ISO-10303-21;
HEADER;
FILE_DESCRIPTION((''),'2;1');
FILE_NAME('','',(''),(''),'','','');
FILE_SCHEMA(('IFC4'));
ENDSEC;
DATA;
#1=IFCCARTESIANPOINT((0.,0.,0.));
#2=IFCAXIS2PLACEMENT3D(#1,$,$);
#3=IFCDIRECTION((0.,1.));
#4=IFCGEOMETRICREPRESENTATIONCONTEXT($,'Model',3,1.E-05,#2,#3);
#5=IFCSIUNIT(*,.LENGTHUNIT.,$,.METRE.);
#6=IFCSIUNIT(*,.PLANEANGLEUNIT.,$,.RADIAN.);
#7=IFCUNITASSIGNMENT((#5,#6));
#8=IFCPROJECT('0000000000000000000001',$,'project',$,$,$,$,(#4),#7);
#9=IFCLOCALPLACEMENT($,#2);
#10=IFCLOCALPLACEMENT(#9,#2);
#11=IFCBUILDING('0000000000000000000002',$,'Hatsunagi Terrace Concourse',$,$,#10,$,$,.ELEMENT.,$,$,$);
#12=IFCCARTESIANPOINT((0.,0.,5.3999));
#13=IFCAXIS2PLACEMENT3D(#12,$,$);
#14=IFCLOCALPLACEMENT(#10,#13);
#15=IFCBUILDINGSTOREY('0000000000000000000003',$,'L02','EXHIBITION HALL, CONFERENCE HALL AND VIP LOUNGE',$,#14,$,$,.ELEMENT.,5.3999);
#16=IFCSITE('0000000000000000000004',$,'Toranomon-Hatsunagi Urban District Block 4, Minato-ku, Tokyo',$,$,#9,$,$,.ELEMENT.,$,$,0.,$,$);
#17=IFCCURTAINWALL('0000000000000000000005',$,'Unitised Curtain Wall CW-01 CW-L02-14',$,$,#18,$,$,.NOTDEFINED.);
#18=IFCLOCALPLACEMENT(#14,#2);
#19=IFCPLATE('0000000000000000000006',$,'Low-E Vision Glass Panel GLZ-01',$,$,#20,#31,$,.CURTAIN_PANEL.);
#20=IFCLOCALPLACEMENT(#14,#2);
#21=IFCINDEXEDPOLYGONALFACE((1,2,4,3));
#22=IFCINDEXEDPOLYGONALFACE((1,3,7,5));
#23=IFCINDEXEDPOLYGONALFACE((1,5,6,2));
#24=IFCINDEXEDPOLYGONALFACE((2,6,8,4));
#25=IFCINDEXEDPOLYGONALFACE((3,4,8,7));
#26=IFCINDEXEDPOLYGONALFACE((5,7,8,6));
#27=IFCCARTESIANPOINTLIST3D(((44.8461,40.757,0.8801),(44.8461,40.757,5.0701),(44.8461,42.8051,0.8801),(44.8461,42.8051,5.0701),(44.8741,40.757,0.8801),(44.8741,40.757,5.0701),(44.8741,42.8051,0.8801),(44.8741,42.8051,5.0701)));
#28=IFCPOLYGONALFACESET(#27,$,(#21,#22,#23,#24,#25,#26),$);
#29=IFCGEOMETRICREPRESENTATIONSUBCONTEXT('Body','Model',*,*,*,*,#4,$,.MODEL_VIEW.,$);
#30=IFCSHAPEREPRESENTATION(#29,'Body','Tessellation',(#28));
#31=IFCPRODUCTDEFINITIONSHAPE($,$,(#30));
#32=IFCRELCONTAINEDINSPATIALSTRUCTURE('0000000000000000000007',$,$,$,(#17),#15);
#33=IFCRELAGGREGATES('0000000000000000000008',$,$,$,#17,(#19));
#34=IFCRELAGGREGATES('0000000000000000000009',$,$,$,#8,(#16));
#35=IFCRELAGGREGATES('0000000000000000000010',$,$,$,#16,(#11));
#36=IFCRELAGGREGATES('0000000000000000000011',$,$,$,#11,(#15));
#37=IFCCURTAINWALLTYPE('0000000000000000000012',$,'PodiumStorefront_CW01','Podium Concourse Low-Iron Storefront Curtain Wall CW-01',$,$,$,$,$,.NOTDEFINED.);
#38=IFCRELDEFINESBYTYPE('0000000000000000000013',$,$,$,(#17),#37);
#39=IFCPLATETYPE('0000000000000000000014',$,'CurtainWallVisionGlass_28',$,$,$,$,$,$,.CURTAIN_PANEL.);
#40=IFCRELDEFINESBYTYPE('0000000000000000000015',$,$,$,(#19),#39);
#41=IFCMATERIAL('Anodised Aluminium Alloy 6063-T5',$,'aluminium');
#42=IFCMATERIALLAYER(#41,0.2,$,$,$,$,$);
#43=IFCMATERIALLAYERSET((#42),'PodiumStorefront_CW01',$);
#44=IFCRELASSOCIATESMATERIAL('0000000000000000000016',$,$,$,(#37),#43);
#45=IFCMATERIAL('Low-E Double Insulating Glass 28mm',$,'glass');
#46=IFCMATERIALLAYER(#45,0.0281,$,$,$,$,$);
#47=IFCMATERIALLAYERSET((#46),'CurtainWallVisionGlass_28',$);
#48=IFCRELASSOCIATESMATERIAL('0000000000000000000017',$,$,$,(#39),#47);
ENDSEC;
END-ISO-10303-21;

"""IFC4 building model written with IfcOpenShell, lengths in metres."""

from ifc_helpers import new_model, si_unit, direction, frame, origin, origin_2d, place, context, subcontext, project, spatial, rectangle, extrude, material, layer, layer_set, type_object, element, aggregate, save


model = new_model("IFC4")

# Units and contexts
model_context = context("Model", 3, precision=1e-05, world=origin(), true_north=direction((0.0, 1.0)))
body_context = subcontext(model_context, "Body", "Model", "MODEL_VIEW")
ifc_project = project(units=[si_unit("LENGTHUNIT", "METRE"), si_unit("PLANEANGLEUNIT", "RADIAN")], contexts=[model_context])

# Site, building, storey
site_placement = place(None, origin())
site = spatial("IfcSite", under=ifc_project, at=site_placement, Name="Toranomon-Hatsunagi Urban District Block 4, Minato-ku, Tokyo", CompositionType="ELEMENT", RefElevation=0.0)
building_placement = place(site_placement, origin())
building = spatial("IfcBuilding", under=site, at=building_placement, Name="Hatsunagi Terrace Concourse", CompositionType="ELEMENT")
storey_placement = place(building_placement, frame((0.0, 0.0, 5.3999)))
storey = spatial("IfcBuildingStorey", under=building, at=storey_placement, Name="L02", Description="EXHIBITION HALL, CONFERENCE HALL AND VIP LOUNGE", CompositionType="ELEMENT", Elevation=5.3999)

# Curtain wall
ifc_material_1 = material(Name="Anodised Aluminium Alloy 6063-T5", Category="aluminium")
ifc_layer_1 = layer(ifc_material_1, 0.2)
ifc_layer_set_1 = layer_set([ifc_layer_1], Name="PodiumStorefront_CW01")
curtain_wall_type = type_object("IfcCurtainWallType", Name="PodiumStorefront_CW01", Description="Podium Concourse Low-Iron Storefront Curtain Wall CW-01", PredefinedType="NOTDEFINED", material=ifc_layer_set_1)
curtain_wall_1_placement = place(storey_placement, origin())
curtain_wall_1 = element("IfcCurtainWall", 1, at=curtain_wall_1_placement, inside=storey, type_object=curtain_wall_type, Name="Unitised Curtain Wall CW-01 CW-L02-14", PredefinedType="NOTDEFINED")

# Plate
ifc_material_2 = material(Name="Low-E Double Insulating Glass 28mm", Category="glass")
ifc_layer_2 = layer(ifc_material_2, 0.0281)
ifc_layer_set_2 = layer_set([ifc_layer_2], Name="CurtainWallVisionGlass_28")
plate_type_1 = type_object("IfcPlateType", Name="CurtainWallVisionGlass_28", PredefinedType="CURTAIN_PANEL", material=ifc_layer_set_2)
plate_1_placement = place(storey_placement, frame((44.8601, 41.781, 0.8801), z_axis=(0.0, 0.0, 1.0), x_axis=(0.0, -1.0, 0.0)))
plate_1 = element("IfcPlate", 2, at=plate_1_placement, type_object=plate_type_1, Name="Low-E Vision Glass Panel GLZ-01", PredefinedType="CURTAIN_PANEL", context=body_context, shape_type="SweptSolid", body=[
    extrude(rectangle(XDim=2.0481, YDim=0.0281, at=origin_2d()), origin(), (0.0, 0.0, 1.0), 4.1899),
])
aggregate(curtain_wall_1, [plate_1])

save(model, "model.ifc")
